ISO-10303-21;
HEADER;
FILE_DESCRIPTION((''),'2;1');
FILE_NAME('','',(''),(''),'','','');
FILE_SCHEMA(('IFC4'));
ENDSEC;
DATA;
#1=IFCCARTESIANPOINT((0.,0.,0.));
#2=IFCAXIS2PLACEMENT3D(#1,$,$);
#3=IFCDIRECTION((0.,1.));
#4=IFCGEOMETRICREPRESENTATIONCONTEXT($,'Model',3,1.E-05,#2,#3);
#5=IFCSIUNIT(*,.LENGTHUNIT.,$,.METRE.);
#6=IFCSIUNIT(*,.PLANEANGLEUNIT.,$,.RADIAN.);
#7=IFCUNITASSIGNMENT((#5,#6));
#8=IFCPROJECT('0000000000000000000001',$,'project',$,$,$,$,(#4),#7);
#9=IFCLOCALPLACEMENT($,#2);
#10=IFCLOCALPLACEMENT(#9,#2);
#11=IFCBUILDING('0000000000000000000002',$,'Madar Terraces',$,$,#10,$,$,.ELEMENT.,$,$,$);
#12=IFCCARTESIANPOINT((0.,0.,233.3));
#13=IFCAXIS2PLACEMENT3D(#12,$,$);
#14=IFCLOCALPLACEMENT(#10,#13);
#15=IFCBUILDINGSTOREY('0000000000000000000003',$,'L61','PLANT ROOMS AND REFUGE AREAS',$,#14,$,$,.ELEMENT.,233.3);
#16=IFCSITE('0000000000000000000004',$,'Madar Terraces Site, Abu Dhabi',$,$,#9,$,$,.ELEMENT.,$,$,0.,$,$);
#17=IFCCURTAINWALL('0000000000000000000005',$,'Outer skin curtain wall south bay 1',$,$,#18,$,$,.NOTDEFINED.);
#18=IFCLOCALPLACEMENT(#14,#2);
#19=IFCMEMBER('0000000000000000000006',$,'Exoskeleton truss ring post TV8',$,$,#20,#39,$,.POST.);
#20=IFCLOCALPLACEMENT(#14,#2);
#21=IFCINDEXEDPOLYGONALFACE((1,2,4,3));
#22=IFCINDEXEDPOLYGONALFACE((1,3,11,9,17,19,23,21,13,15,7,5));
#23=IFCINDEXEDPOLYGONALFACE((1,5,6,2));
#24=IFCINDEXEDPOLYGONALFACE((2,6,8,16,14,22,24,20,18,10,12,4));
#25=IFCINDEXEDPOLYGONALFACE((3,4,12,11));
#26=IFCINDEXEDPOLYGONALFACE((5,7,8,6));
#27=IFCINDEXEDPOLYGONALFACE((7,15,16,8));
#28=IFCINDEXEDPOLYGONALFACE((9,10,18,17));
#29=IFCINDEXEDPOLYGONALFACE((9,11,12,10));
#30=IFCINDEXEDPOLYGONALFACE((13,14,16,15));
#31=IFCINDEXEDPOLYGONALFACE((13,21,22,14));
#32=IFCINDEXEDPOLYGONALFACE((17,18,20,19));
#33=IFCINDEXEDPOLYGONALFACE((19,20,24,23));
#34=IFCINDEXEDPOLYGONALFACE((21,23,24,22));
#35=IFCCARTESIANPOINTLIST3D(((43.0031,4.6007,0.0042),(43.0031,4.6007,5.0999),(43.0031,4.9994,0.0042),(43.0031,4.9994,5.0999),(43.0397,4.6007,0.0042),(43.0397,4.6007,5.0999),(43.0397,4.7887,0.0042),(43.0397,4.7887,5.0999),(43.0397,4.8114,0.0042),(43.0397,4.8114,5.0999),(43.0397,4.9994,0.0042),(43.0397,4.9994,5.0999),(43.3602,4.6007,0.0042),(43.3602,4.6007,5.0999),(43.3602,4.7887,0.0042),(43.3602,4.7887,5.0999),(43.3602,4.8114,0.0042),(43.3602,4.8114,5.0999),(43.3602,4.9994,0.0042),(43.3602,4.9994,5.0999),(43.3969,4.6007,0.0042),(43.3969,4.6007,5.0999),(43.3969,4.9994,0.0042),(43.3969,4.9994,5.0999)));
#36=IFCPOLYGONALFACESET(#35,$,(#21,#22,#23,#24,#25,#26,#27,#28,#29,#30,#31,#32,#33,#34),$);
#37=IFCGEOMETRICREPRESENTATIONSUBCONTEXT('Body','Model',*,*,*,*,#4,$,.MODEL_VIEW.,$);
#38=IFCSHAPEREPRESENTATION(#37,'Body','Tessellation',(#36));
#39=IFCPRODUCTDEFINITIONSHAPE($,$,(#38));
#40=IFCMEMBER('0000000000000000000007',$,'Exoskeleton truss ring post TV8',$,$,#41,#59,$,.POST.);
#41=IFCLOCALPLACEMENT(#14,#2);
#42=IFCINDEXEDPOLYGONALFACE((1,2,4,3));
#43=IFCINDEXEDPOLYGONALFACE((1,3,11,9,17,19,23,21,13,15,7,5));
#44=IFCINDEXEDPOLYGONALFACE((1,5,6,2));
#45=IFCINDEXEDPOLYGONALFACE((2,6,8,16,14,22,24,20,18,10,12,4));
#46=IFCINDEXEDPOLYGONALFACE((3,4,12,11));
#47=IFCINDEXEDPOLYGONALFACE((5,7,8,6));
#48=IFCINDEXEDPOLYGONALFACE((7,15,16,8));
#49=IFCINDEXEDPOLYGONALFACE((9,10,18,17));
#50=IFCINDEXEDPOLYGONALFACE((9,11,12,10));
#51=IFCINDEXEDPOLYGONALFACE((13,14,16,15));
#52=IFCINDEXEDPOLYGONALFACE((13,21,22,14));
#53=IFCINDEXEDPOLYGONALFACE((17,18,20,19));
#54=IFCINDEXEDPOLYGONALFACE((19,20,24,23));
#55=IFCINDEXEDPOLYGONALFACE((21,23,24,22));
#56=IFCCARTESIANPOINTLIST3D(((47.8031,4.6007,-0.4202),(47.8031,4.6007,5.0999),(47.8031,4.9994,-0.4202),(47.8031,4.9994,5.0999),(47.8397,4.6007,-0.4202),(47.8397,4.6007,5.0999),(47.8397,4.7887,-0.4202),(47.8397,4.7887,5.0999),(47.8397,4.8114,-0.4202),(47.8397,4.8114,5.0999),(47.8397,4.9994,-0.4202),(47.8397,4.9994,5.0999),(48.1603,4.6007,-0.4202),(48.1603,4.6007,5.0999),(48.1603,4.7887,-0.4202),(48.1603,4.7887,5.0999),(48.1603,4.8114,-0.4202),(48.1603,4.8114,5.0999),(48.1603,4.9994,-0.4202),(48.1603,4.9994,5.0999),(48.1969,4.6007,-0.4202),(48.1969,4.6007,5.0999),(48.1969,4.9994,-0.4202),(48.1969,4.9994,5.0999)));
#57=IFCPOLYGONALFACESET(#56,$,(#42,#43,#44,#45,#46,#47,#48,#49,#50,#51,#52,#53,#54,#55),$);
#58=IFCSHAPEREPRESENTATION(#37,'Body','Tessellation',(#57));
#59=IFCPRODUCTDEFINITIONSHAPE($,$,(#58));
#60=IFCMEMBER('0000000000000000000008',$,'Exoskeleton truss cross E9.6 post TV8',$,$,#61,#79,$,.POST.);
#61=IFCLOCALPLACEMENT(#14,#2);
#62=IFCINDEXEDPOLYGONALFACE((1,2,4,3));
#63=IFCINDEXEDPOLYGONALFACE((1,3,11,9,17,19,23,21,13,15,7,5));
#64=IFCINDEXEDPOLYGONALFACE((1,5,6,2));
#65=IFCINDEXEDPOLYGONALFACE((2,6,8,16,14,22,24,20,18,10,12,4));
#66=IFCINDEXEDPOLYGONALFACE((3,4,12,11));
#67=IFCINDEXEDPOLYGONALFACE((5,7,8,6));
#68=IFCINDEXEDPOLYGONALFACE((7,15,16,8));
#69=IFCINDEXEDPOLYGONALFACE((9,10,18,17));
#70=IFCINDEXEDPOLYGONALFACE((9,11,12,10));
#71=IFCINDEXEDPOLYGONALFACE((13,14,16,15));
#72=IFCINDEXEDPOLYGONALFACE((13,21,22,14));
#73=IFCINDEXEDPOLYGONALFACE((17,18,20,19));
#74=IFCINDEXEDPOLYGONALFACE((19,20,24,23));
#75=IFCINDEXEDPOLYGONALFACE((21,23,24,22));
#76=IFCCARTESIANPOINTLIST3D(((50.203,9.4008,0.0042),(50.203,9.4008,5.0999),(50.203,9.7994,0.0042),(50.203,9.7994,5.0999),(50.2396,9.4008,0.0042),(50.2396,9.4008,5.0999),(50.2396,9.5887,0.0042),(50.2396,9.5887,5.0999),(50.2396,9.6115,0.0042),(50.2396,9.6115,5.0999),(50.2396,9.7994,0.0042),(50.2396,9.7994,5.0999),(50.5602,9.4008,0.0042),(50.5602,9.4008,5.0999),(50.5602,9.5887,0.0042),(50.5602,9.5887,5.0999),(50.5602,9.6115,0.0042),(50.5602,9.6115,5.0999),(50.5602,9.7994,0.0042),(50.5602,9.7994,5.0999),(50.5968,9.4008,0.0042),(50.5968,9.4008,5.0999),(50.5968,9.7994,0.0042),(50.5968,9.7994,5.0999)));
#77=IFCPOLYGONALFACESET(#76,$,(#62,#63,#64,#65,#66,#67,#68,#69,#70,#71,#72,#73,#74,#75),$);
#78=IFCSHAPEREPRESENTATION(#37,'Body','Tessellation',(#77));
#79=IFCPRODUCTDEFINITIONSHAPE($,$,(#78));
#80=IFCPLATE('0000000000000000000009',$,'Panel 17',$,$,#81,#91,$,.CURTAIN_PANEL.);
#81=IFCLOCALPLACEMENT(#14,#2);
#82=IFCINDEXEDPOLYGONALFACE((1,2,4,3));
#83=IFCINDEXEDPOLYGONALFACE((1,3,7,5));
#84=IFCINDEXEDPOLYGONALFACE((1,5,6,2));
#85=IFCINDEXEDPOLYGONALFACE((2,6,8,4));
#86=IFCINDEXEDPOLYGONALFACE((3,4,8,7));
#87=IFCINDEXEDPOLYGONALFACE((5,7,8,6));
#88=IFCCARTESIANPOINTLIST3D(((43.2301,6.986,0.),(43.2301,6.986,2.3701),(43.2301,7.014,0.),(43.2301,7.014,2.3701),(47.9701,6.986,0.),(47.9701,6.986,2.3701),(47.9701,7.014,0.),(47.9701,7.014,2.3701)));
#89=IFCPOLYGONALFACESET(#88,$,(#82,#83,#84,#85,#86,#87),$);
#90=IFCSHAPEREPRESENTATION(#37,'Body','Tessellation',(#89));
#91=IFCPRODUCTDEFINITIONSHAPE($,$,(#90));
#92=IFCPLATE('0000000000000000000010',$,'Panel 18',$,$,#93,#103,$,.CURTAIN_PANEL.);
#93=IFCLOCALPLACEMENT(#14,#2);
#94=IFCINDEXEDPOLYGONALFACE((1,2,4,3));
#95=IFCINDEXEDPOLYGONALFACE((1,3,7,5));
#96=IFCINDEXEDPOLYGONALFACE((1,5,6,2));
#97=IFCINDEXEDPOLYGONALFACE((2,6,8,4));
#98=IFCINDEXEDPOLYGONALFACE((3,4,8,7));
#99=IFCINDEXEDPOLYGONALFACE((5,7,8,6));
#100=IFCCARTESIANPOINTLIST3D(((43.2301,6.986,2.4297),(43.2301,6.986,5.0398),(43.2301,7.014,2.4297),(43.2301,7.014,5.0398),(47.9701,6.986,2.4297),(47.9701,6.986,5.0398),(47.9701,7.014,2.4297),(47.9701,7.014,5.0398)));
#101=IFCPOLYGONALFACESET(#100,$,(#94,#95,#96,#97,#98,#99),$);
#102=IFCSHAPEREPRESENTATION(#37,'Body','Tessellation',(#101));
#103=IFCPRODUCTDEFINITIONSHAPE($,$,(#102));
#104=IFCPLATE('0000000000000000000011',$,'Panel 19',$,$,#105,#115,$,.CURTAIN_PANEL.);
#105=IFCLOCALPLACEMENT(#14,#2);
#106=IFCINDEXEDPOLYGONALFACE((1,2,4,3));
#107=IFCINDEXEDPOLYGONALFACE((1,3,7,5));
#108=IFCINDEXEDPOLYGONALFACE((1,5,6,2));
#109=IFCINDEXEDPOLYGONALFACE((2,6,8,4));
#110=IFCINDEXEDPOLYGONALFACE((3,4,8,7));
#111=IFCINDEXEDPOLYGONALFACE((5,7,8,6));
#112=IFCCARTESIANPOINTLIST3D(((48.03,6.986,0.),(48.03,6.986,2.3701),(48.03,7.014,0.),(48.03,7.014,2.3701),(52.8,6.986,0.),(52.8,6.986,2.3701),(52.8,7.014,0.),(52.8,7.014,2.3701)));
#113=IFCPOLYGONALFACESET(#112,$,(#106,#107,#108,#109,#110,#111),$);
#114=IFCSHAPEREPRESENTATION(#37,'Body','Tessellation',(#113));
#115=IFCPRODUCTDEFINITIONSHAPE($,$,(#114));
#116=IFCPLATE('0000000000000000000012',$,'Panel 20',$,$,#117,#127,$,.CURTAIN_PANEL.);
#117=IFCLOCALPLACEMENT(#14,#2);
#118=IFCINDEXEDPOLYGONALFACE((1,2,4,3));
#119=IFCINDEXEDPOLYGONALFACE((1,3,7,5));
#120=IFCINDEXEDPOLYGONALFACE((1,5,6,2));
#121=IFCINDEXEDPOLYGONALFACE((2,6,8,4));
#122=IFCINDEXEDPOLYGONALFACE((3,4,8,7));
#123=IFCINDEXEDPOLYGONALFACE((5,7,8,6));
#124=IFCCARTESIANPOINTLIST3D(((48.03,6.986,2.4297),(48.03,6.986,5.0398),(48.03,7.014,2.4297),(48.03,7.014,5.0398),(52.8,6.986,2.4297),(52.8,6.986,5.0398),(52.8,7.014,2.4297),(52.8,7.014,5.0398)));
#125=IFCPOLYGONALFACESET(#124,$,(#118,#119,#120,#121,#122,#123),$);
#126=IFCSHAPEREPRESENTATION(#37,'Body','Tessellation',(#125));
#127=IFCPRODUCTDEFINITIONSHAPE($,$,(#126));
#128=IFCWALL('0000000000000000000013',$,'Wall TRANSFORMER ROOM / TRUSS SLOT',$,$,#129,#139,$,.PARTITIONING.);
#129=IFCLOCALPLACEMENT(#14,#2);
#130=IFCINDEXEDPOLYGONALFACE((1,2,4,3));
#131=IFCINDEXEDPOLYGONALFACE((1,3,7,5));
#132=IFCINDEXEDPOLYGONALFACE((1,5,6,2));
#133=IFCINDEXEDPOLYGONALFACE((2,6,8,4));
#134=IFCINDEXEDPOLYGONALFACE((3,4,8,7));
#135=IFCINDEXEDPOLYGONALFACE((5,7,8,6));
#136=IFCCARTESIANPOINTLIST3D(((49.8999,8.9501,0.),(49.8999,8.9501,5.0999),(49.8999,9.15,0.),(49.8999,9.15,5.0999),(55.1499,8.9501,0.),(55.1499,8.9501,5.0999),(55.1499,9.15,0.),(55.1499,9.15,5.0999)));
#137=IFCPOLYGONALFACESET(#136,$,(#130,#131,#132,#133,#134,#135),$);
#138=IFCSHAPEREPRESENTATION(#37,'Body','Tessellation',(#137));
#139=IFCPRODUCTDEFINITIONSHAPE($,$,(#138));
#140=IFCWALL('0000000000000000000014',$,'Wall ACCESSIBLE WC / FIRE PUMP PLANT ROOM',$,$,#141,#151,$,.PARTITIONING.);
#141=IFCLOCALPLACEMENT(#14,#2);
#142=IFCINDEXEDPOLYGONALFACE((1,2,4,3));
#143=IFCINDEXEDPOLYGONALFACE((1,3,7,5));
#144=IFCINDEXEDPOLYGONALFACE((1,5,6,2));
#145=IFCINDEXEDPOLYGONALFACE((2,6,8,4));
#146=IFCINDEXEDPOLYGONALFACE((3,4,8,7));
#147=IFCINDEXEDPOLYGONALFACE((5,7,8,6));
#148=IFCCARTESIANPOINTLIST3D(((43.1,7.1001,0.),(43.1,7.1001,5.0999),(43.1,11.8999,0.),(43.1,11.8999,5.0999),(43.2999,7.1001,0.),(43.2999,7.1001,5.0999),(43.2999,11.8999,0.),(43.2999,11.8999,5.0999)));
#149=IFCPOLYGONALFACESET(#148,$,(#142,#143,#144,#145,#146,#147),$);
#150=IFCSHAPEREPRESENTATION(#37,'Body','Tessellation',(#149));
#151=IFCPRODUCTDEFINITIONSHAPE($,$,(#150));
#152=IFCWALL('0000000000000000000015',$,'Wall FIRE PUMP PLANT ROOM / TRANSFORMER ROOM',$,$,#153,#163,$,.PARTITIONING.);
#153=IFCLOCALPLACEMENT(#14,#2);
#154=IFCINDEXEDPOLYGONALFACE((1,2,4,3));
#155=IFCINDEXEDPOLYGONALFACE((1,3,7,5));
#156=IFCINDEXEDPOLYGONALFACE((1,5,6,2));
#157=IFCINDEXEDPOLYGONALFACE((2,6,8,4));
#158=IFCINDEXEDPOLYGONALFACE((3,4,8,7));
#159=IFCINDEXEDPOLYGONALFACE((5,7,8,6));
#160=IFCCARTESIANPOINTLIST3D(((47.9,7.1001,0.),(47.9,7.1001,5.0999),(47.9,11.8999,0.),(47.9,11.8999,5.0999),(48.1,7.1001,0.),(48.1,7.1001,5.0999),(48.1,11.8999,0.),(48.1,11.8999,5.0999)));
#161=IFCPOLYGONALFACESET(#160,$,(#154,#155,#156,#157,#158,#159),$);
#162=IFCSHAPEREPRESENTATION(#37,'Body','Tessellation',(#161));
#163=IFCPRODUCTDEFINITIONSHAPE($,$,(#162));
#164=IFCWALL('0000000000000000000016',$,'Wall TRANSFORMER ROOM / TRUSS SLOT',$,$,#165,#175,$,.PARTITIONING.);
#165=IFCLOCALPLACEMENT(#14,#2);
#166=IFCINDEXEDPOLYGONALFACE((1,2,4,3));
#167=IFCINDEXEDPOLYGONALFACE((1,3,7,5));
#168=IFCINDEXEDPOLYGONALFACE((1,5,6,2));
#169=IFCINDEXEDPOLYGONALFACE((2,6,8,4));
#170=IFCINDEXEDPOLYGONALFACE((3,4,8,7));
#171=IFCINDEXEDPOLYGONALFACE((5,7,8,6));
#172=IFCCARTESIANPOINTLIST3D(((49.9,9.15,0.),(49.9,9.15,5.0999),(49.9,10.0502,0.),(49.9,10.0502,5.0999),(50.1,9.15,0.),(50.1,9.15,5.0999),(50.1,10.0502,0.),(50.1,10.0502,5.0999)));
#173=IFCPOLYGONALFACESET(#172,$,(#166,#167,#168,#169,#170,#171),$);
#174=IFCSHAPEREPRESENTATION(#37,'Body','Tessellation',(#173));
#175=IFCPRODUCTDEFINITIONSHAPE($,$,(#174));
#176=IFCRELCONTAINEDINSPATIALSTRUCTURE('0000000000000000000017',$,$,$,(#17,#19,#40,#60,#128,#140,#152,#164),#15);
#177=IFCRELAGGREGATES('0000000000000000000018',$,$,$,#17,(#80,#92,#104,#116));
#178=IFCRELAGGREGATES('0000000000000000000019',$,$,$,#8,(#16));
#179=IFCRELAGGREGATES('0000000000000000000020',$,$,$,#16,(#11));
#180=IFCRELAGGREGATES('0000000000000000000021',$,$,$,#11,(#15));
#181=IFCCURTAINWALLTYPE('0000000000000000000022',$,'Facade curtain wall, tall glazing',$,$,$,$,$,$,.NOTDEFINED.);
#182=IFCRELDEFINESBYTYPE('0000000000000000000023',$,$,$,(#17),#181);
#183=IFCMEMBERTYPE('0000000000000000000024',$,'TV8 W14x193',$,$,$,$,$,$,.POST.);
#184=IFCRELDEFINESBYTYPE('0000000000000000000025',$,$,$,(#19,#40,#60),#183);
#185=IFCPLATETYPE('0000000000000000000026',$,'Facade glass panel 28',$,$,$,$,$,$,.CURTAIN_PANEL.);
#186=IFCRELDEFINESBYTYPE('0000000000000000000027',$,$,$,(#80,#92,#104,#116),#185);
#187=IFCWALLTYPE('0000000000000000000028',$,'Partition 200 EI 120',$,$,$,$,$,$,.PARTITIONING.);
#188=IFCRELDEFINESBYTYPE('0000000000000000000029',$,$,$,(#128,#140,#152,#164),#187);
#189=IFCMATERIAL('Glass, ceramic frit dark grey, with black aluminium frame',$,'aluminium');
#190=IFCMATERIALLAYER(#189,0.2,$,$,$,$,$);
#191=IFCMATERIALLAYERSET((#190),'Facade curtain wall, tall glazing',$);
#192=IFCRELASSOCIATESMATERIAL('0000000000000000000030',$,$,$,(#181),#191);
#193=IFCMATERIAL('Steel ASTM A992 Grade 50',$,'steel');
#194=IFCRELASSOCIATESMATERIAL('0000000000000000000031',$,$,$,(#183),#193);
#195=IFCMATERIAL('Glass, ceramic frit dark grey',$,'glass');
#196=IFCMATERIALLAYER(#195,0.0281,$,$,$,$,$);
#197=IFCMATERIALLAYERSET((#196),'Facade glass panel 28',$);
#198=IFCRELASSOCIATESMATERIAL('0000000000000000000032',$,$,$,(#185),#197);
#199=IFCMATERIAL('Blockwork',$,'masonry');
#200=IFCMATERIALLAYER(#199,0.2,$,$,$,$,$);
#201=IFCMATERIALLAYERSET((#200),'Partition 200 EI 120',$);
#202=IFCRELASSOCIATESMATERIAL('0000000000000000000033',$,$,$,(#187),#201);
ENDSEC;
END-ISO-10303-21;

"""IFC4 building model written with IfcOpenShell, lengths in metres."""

from ifc_helpers import new_model, si_unit, direction, frame, frame_2d, origin, origin_2d, place, context, subcontext, project, spatial, rectangle, i_section, extrude, material, layer, layer_set, material_profile, profile_set, type_object, element, aggregate, save


model = new_model("IFC4")

# Units and contexts
model_context = context("Model", 3, precision=1e-05, world=origin(), true_north=direction((0.0, 1.0)))
body_context = subcontext(model_context, "Body", "Model", "MODEL_VIEW")
ifc_project = project(units=[si_unit("LENGTHUNIT", "METRE"), si_unit("PLANEANGLEUNIT", "RADIAN")], contexts=[model_context])

# Site, building, storey
site_placement = place(None, origin())
site = spatial("IfcSite", under=ifc_project, at=site_placement, Name="Madar Terraces Site, Abu Dhabi", CompositionType="ELEMENT", RefElevation=0.0)
building_placement = place(site_placement, origin())
building = spatial("IfcBuilding", under=site, at=building_placement, Name="Madar Terraces", CompositionType="ELEMENT")
storey_placement = place(building_placement, frame((0.0, 0.0, 233.3)))
storey = spatial("IfcBuildingStorey", under=building, at=storey_placement, Name="L61", Description="PLANT ROOMS AND REFUGE AREAS", CompositionType="ELEMENT", Elevation=233.3)

# Curtain wall
ifc_material_1 = material(Name="Glass, ceramic frit dark grey, with black aluminium frame", Category="aluminium")
ifc_layer_1 = layer(ifc_material_1, 0.2)
ifc_layer_set_1 = layer_set([ifc_layer_1], Name="Facade curtain wall, tall glazing")
curtain_wall_type = type_object("IfcCurtainWallType", Name="Facade curtain wall, tall glazing", PredefinedType="NOTDEFINED", material=ifc_layer_set_1)
curtain_wall_placement = place(storey_placement, origin())
curtain_wall = element("IfcCurtainWall", 1, at=curtain_wall_placement, inside=storey, type_object=curtain_wall_type, Name="Outer skin curtain wall south bay 1", PredefinedType="NOTDEFINED")

# Members
ifc_material_2 = material(Name="Steel ASTM A992 Grade 50", Category="steel")
ifc_material_profile_1 = material_profile(ifc_material_2, i_section(OverallWidth=0.3987, OverallDepth=0.3938, WebThickness=0.0227, FlangeThickness=0.0366, at=origin_2d()), Name="W14x193")
ifc_profile_set_1 = profile_set([ifc_material_profile_1], Name="Steel ASTM A992 Grade 50")
member_type_1 = type_object("IfcMemberType", Name="TV8 W14x193", PredefinedType="POST", material=ifc_profile_set_1)
member_1_placement = place(storey_placement, frame((43.2, 4.8, 0.0042), z_axis=(0.0, 0.0, 1.0), x_axis=(0.0, 1.0, 0.0)))
element("IfcMember", 2, at=member_1_placement, inside=storey, type_object=member_type_1, Name="Exoskeleton truss ring post TV8", PredefinedType="POST", context=body_context, shape_type="SweptSolid", body=[
    extrude(i_section(OverallWidth=0.3987, OverallDepth=0.3938, WebThickness=0.0227, FlangeThickness=0.0366, at=origin_2d()), origin(), (0.0, 0.0, 1.0), 5.0957),
])
member_2_placement = place(storey_placement, frame((48.0, 4.8, -0.4202), z_axis=(0.0, 0.0, 1.0), x_axis=(0.0, 1.0, 0.0)))
element("IfcMember", 3, at=member_2_placement, inside=storey, type_object=member_type_1, Name="Exoskeleton truss ring post TV8", PredefinedType="POST", context=body_context, shape_type="SweptSolid", body=[
    extrude(i_section(OverallWidth=0.3987, OverallDepth=0.3938, WebThickness=0.0227, FlangeThickness=0.0366, at=origin_2d()), origin(), (0.0, 0.0, 1.0), 5.52),
])
member_3_placement = place(storey_placement, frame((50.3999, 9.6001, 0.0042), z_axis=(0.0, 0.0, 1.0), x_axis=(0.0, 1.0, 0.0)))
element("IfcMember", 4, at=member_3_placement, inside=storey, type_object=member_type_1, Name="Exoskeleton truss cross E9.6 post TV8", PredefinedType="POST", context=body_context, shape_type="SweptSolid", body=[
    extrude(i_section(OverallWidth=0.3987, OverallDepth=0.3938, WebThickness=0.0227, FlangeThickness=0.0366, at=origin_2d()), origin(), (0.0, 0.0, 1.0), 5.0957),
])

# Plates
ifc_material_3 = material(Name="Glass, ceramic frit dark grey", Category="glass")
ifc_layer_2 = layer(ifc_material_3, 0.0281)
ifc_layer_set_2 = layer_set([ifc_layer_2], Name="Facade glass panel 28")
plate_type = type_object("IfcPlateType", Name="Facade glass panel 28", PredefinedType="CURTAIN_PANEL", material=ifc_layer_set_2)
plate_1_placement = place(storey_placement, frame((45.6001, 7.0, 0.0), z_axis=(0.0, 0.0, 1.0), x_axis=(1.0, 0.0, 0.0)))
plate_1 = element("IfcPlate", 5, at=plate_1_placement, type_object=plate_type, Name="Panel 17", PredefinedType="CURTAIN_PANEL", context=body_context, shape_type="SweptSolid", body=[
    extrude(rectangle(XDim=4.74, YDim=0.0281, at=origin_2d()), origin(), (0.0, 0.0, 1.0), 2.3701),
])
plate_2_placement = place(storey_placement, frame((45.6001, 7.0, 2.4297), z_axis=(0.0, 0.0, 1.0), x_axis=(1.0, 0.0, 0.0)))
plate_2 = element("IfcPlate", 6, at=plate_2_placement, type_object=plate_type, Name="Panel 18", PredefinedType="CURTAIN_PANEL", context=body_context, shape_type="SweptSolid", body=[
    extrude(rectangle(XDim=4.74, YDim=0.0281, at=origin_2d()), origin(), (0.0, 0.0, 1.0), 2.6101),
])
plate_3_placement = place(storey_placement, frame((50.415, 7.0, 0.0), z_axis=(0.0, 0.0, 1.0), x_axis=(1.0, 0.0, 0.0)))
plate_3 = element("IfcPlate", 7, at=plate_3_placement, type_object=plate_type, Name="Panel 19", PredefinedType="CURTAIN_PANEL", context=body_context, shape_type="SweptSolid", body=[
    extrude(rectangle(XDim=4.77, YDim=0.0281, at=origin_2d()), origin(), (0.0, 0.0, 1.0), 2.3701),
])
plate_4_placement = place(storey_placement, frame((50.415, 7.0, 2.4297), z_axis=(0.0, 0.0, 1.0), x_axis=(1.0, 0.0, 0.0)))
plate_4 = element("IfcPlate", 8, at=plate_4_placement, type_object=plate_type, Name="Panel 20", PredefinedType="CURTAIN_PANEL", context=body_context, shape_type="SweptSolid", body=[
    extrude(rectangle(XDim=4.77, YDim=0.0281, at=origin_2d()), origin(), (0.0, 0.0, 1.0), 2.6101),
])
aggregate(curtain_wall, [plate_1, plate_2, plate_3, plate_4])

# Walls
ifc_material_4 = material(Name="Blockwork", Category="masonry")
ifc_layer_3 = layer(ifc_material_4, 0.2)
ifc_layer_set_3 = layer_set([ifc_layer_3], Name="Partition 200 EI 120")
wall_type = type_object("IfcWallType", Name="Partition 200 EI 120", PredefinedType="PARTITIONING", material=ifc_layer_set_3)
wall_1_placement = place(storey_placement, frame((49.8999, 9.05, 0.0), z_axis=(0.0, 0.0, 1.0), x_axis=(1.0, 0.0, 0.0)))
element("IfcWall", 9, at=wall_1_placement, inside=storey, type_object=wall_type, Name="Wall TRANSFORMER ROOM / TRUSS SLOT", PredefinedType="PARTITIONING", context=body_context, shape_type="SweptSolid", body=[
    extrude(rectangle(XDim=5.25, YDim=0.2, at=frame_2d((2.625, 0.0))), origin(), (0.0, 0.0, 1.0), 5.0999),
])
for number, where, z_axis, x_axis, name in (
    (10, (43.2, 7.1001, 0.0), (0.0, 0.0, 1.0), (0.0, 1.0, 0.0), "Wall ACCESSIBLE WC / FIRE PUMP PLANT ROOM"),
    (11, (48.0, 7.1001, 0.0), (0.0, 0.0, 1.0), (0.0, 1.0, 0.0), "Wall FIRE PUMP PLANT ROOM / TRANSFORMER ROOM"),
):
    element("IfcWall", number, at=place(storey_placement, frame(where, z_axis=z_axis, x_axis=x_axis)), inside=storey, type_object=wall_type, Name=name, PredefinedType="PARTITIONING", context=body_context, shape_type="SweptSolid", body=[
        extrude(rectangle(XDim=4.7998, YDim=0.2, at=frame_2d((2.3999, 0.0))), origin(), (0.0, 0.0, 1.0), 5.0999),
    ])
wall_2_placement = place(storey_placement, frame((50.0, 9.1499, 0.0), z_axis=(0.0, 0.0, 1.0), x_axis=(0.0, 1.0, 0.0)))
element("IfcWall", 12, at=wall_2_placement, inside=storey, type_object=wall_type, Name="Wall TRANSFORMER ROOM / TRUSS SLOT", PredefinedType="PARTITIONING", context=body_context, shape_type="SweptSolid", body=[
    extrude(rectangle(XDim=0.9001, YDim=0.2, at=frame_2d((0.4502, 0.0))), origin(), (0.0, 0.0, 1.0), 5.0999),
])

save(model, "model.ifc")
